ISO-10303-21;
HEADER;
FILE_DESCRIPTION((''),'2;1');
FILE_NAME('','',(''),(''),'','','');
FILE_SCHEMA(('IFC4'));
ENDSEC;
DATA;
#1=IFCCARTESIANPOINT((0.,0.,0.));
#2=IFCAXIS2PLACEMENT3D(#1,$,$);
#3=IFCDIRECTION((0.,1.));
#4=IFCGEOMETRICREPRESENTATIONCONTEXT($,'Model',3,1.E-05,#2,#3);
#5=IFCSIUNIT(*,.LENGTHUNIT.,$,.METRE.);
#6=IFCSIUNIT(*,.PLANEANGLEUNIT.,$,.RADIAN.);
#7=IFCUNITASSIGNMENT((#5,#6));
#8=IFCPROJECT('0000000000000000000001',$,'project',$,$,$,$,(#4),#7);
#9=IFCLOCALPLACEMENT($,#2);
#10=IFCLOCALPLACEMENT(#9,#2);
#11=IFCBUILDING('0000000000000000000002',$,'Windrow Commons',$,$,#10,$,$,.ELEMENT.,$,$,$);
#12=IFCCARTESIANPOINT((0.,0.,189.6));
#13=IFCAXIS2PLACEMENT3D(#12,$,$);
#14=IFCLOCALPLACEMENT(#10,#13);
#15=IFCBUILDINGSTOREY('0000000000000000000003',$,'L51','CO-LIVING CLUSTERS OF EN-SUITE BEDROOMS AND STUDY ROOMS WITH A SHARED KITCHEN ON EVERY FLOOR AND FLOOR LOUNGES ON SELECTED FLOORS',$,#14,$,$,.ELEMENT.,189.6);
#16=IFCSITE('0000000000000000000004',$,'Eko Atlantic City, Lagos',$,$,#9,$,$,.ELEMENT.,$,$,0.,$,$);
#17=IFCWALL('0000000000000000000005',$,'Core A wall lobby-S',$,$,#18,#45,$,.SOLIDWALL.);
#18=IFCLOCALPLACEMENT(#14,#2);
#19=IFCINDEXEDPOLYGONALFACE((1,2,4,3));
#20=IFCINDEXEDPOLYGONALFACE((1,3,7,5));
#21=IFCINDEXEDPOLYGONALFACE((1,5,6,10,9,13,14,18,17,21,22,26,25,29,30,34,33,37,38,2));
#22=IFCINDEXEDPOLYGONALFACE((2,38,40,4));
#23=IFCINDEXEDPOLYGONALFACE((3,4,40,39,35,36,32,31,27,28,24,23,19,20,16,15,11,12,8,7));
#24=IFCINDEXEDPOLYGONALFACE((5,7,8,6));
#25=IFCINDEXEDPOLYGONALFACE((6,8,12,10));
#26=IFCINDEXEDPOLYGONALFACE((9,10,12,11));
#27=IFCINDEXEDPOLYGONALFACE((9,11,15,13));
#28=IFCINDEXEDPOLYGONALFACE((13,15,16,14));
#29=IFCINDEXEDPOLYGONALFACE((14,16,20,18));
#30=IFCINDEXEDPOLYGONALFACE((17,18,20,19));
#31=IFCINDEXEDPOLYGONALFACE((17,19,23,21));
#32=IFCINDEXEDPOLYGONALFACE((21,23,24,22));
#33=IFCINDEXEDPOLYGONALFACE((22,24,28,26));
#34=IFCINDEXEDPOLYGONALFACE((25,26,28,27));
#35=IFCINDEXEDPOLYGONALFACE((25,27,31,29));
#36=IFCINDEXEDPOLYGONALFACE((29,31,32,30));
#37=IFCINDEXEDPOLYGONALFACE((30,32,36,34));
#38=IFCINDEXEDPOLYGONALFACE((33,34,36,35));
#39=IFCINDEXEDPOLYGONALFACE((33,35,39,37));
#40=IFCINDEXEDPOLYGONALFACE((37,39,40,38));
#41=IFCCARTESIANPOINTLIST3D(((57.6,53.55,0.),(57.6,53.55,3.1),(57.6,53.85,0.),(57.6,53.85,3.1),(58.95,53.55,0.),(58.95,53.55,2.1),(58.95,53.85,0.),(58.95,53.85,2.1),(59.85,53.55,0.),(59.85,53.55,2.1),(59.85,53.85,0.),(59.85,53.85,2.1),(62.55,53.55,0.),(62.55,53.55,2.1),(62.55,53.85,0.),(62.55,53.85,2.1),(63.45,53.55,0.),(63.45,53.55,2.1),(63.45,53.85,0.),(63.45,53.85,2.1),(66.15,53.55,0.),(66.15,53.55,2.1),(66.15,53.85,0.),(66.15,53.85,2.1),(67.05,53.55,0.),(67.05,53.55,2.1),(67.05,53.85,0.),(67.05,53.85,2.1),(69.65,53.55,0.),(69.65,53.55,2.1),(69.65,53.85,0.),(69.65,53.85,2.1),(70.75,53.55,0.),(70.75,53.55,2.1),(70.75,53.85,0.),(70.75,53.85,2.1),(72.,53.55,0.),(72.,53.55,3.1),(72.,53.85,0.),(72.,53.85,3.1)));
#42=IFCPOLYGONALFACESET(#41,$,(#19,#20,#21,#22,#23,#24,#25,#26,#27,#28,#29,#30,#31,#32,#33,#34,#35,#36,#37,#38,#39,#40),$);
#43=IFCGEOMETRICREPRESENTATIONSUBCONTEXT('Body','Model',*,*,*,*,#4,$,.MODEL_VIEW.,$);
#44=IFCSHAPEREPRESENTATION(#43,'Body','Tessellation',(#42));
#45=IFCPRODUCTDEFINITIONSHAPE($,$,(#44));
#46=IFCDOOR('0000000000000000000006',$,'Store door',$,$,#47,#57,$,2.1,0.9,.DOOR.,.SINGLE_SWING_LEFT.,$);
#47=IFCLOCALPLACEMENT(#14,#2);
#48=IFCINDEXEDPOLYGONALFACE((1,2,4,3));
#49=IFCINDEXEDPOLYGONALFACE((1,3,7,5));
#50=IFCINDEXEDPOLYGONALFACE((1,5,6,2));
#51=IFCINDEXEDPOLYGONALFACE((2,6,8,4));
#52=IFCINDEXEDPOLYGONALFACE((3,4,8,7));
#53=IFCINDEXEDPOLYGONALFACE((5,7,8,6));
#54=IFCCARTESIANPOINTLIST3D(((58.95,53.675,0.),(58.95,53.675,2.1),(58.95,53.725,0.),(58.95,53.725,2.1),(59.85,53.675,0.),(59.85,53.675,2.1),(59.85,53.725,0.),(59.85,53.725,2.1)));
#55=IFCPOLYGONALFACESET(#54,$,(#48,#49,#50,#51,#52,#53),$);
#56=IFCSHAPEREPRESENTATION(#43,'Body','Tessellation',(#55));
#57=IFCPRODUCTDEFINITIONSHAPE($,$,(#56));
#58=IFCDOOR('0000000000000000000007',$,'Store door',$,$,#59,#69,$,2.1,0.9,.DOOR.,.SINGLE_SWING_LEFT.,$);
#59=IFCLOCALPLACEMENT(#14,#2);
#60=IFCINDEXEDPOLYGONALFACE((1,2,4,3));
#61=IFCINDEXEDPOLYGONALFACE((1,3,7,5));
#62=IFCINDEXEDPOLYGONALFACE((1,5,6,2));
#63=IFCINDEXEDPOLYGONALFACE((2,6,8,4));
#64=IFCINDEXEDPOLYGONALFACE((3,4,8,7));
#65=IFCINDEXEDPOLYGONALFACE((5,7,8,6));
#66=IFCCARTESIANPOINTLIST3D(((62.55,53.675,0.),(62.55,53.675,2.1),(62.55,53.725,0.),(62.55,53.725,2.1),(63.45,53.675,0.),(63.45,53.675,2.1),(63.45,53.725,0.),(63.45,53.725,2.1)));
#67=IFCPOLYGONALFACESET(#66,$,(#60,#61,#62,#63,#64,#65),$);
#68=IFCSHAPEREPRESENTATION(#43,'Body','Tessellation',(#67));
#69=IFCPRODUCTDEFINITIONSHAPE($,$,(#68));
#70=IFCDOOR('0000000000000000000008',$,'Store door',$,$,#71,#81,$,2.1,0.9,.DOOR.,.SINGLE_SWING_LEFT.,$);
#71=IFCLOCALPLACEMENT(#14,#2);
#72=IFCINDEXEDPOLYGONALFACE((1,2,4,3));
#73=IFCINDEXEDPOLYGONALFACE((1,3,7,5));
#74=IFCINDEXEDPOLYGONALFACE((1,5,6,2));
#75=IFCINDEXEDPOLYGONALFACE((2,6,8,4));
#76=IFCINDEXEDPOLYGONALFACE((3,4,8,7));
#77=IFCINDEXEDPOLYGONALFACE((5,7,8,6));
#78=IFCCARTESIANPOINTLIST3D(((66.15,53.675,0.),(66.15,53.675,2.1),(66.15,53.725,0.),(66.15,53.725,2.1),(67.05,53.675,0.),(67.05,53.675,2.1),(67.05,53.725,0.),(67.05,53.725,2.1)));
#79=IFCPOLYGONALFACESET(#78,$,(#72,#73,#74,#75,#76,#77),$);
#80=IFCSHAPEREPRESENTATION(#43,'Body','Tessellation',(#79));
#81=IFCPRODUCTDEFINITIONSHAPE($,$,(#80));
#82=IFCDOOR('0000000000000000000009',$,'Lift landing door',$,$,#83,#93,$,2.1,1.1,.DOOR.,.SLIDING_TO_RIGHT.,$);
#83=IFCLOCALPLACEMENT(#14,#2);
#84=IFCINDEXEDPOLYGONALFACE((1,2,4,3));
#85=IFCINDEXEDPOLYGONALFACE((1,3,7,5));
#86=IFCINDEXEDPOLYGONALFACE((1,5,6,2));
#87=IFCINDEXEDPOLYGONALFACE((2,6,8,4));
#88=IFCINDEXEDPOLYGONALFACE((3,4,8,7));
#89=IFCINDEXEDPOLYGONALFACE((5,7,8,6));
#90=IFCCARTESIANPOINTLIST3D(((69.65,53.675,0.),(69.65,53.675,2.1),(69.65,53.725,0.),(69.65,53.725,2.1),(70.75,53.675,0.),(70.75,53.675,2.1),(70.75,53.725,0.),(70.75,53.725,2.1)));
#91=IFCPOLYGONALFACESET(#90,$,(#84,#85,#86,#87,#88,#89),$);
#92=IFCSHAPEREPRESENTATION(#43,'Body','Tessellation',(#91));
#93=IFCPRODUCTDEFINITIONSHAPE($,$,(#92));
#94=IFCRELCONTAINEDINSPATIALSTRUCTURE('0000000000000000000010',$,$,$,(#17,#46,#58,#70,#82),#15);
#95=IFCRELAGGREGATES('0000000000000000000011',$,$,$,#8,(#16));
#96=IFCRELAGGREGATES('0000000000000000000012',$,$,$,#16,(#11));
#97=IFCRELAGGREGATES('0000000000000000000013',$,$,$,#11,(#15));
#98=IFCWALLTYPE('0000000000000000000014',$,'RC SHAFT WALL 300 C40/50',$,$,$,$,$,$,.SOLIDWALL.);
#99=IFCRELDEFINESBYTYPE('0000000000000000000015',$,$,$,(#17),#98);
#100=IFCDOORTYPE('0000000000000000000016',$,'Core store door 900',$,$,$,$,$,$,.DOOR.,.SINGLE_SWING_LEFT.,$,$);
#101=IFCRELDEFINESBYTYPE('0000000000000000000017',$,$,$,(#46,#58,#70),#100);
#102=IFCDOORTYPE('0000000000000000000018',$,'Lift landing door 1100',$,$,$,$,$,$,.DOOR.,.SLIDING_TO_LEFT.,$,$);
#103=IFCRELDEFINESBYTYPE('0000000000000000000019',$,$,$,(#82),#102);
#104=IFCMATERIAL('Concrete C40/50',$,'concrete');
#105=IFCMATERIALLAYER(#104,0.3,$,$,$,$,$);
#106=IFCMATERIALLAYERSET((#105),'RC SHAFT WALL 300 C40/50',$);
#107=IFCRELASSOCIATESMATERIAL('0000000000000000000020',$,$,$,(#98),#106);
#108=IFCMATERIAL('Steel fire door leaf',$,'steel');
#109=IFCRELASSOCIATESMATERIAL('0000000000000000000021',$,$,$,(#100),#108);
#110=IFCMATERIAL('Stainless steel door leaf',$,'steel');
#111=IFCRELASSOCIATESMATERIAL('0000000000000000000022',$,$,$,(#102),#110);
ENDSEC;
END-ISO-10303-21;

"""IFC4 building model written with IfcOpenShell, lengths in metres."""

from ifc_helpers import new_model, si_unit, direction, frame, frame_2d, origin, place, context, subcontext, project, spatial, rectangle, extrude, material, layer, layer_set, type_object, element, fill, save


model = new_model("IFC4")

# Units and contexts
model_context = context("Model", 3, precision=1e-05, world=origin(), true_north=direction((0.0, 1.0)))
body_context = subcontext(model_context, "Body", "Model", "MODEL_VIEW")
ifc_project = project(units=[si_unit("LENGTHUNIT", "METRE"), si_unit("PLANEANGLEUNIT", "RADIAN")], contexts=[model_context])

# Site, building, storey
site_placement = place(None, origin())
site = spatial("IfcSite", under=ifc_project, at=site_placement, Name="Eko Atlantic City, Lagos", CompositionType="ELEMENT", RefElevation=0.0)
building_placement = place(site_placement, origin())
building = spatial("IfcBuilding", under=site, at=building_placement, Name="Windrow Commons", CompositionType="ELEMENT")
storey_placement = place(building_placement, frame((0.0, 0.0, 189.6)))
storey = spatial("IfcBuildingStorey", under=building, at=storey_placement, Name="L51", Description="CO-LIVING CLUSTERS OF EN-SUITE BEDROOMS AND STUDY ROOMS WITH A SHARED KITCHEN ON EVERY FLOOR AND FLOOR LOUNGES ON SELECTED FLOORS", CompositionType="ELEMENT", Elevation=189.6)

# Wall, openings, doors
ifc_material_1 = material(Name="Concrete C40/50", Category="concrete")
ifc_layer_1 = layer(ifc_material_1, 0.3)
ifc_layer_set_1 = layer_set([ifc_layer_1], Name="RC SHAFT WALL 300 C40/50")
wall_type_1 = type_object("IfcWallType", Name="RC SHAFT WALL 300 C40/50", PredefinedType="SOLIDWALL", material=ifc_layer_set_1)
wall_1_placement = place(storey_placement, frame((57.6, 53.7, 0.0), z_axis=(0.0, 0.0, 1.0), x_axis=(1.0, 0.0, 0.0)))
wall_1 = element("IfcWall", 1, at=wall_1_placement, inside=storey, type_object=wall_type_1, Name="Core A wall lobby-S", PredefinedType="SOLIDWALL", context=body_context, shape_type="SweptSolid", body=[
    extrude(rectangle(XDim=14.4, YDim=0.3, at=frame_2d((7.2, 0.0))), origin(), (0.0, 0.0, 1.0), 3.1),
])
opening_1_placement = place(wall_1_placement, frame((1.35, 0.0, 0.0)))
opening_1 = element("IfcOpeningElement", 2, at=opening_1_placement, cuts=wall_1, PredefinedType="OPENING", context=body_context, shape_type="SweptSolid", body=[
    extrude(rectangle(XDim=0.9, YDim=2.1, at=frame_2d((0.45, 1.05))), frame((0.0, 0.16, 0.0), z_axis=(0.0, -1.0, 0.0), x_axis=(1.0, 0.0, 0.0)), (0.0, 0.0, 1.0), 0.32),
])
opening_2_placement = place(wall_1_placement, frame((4.95, 0.0, 0.0)))
opening_2 = element("IfcOpeningElement", 3, at=opening_2_placement, cuts=wall_1, PredefinedType="OPENING", context=body_context, shape_type="SweptSolid", body=[
    extrude(rectangle(XDim=0.9, YDim=2.1, at=frame_2d((0.45, 1.05))), frame((0.0, 0.16, 0.0), z_axis=(0.0, -1.0, 0.0), x_axis=(1.0, 0.0, 0.0)), (0.0, 0.0, 1.0), 0.32),
])
opening_3_placement = place(wall_1_placement, frame((8.55, 0.0, 0.0)))
opening_3 = element("IfcOpeningElement", 4, at=opening_3_placement, cuts=wall_1, PredefinedType="OPENING", context=body_context, shape_type="SweptSolid", body=[
    extrude(rectangle(XDim=0.9, YDim=2.1, at=frame_2d((0.45, 1.05))), frame((0.0, 0.16, 0.0), z_axis=(0.0, -1.0, 0.0), x_axis=(1.0, 0.0, 0.0)), (0.0, 0.0, 1.0), 0.32),
])
opening_4_placement = place(wall_1_placement, frame((12.05, 0.0, 0.0)))
opening_4 = element("IfcOpeningElement", 5, at=opening_4_placement, cuts=wall_1, PredefinedType="OPENING", context=body_context, shape_type="SweptSolid", body=[
    extrude(rectangle(XDim=1.1, YDim=2.1, at=frame_2d((0.55, 1.05))), frame((0.0, 0.16, 0.0), z_axis=(0.0, -1.0, 0.0), x_axis=(1.0, 0.0, 0.0)), (0.0, 0.0, 1.0), 0.32),
])
ifc_material_2 = material(Name="Steel fire door leaf", Category="steel")
door_type_1 = type_object("IfcDoorType", Name="Core store door 900", OperationType="SINGLE_SWING_LEFT", PredefinedType="DOOR", material=ifc_material_2)
door_1_placement = place(opening_1_placement, origin())
door_1 = element("IfcDoor", 6, at=door_1_placement, inside=storey, type_object=door_type_1, Name="Store door", OperationType="SINGLE_SWING_LEFT", OverallHeight=2.1, OverallWidth=0.9, PredefinedType="DOOR", context=body_context, shape_type="SweptSolid", body=[
    extrude(rectangle(XDim=0.9, YDim=2.1, at=frame_2d((0.45, 1.05))), frame((0.0, 0.025, 0.0), z_axis=(0.0, -1.0, 0.0), x_axis=(1.0, 0.0, 0.0)), (0.0, 0.0, 1.0), 0.05),
])
fill(opening_1, door_1)
door_2_placement = place(opening_2_placement, origin())
door_2 = element("IfcDoor", 7, at=door_2_placement, inside=storey, type_object=door_type_1, Name="Store door", OperationType="SINGLE_SWING_LEFT", OverallHeight=2.1, OverallWidth=0.9, PredefinedType="DOOR", context=body_context, shape_type="SweptSolid", body=[
    extrude(rectangle(XDim=0.9, YDim=2.1, at=frame_2d((0.45, 1.05))), frame((0.0, 0.025, 0.0), z_axis=(0.0, -1.0, 0.0), x_axis=(1.0, 0.0, 0.0)), (0.0, 0.0, 1.0), 0.05),
])
fill(opening_2, door_2)
door_3_placement = place(opening_3_placement, origin())
door_3 = element("IfcDoor", 8, at=door_3_placement, inside=storey, type_object=door_type_1, Name="Store door", OperationType="SINGLE_SWING_LEFT", OverallHeight=2.1, OverallWidth=0.9, PredefinedType="DOOR", context=body_context, shape_type="SweptSolid", body=[
    extrude(rectangle(XDim=0.9, YDim=2.1, at=frame_2d((0.45, 1.05))), frame((0.0, 0.025, 0.0), z_axis=(0.0, -1.0, 0.0), x_axis=(1.0, 0.0, 0.0)), (0.0, 0.0, 1.0), 0.05),
])
fill(opening_3, door_3)
ifc_material_3 = material(Name="Stainless steel door leaf", Category="steel")
door_type_2 = type_object("IfcDoorType", Name="Lift landing door 1100", OperationType="SLIDING_TO_LEFT", PredefinedType="DOOR", material=ifc_material_3)
door_4_placement = place(opening_4_placement, origin())
door_4 = element("IfcDoor", 9, at=door_4_placement, inside=storey, type_object=door_type_2, Name="Lift landing door", OperationType="SLIDING_TO_RIGHT", OverallHeight=2.1, OverallWidth=1.1, PredefinedType="DOOR", context=body_context, shape_type="SweptSolid", body=[
    extrude(rectangle(XDim=1.1, YDim=2.1, at=frame_2d((0.55, 1.05))), frame((0.0, 0.025, 0.0), z_axis=(0.0, -1.0, 0.0), x_axis=(1.0, 0.0, 0.0)), (0.0, 0.0, 1.0), 0.05),
])
fill(opening_4, door_4)

save(model, "model.ifc")
